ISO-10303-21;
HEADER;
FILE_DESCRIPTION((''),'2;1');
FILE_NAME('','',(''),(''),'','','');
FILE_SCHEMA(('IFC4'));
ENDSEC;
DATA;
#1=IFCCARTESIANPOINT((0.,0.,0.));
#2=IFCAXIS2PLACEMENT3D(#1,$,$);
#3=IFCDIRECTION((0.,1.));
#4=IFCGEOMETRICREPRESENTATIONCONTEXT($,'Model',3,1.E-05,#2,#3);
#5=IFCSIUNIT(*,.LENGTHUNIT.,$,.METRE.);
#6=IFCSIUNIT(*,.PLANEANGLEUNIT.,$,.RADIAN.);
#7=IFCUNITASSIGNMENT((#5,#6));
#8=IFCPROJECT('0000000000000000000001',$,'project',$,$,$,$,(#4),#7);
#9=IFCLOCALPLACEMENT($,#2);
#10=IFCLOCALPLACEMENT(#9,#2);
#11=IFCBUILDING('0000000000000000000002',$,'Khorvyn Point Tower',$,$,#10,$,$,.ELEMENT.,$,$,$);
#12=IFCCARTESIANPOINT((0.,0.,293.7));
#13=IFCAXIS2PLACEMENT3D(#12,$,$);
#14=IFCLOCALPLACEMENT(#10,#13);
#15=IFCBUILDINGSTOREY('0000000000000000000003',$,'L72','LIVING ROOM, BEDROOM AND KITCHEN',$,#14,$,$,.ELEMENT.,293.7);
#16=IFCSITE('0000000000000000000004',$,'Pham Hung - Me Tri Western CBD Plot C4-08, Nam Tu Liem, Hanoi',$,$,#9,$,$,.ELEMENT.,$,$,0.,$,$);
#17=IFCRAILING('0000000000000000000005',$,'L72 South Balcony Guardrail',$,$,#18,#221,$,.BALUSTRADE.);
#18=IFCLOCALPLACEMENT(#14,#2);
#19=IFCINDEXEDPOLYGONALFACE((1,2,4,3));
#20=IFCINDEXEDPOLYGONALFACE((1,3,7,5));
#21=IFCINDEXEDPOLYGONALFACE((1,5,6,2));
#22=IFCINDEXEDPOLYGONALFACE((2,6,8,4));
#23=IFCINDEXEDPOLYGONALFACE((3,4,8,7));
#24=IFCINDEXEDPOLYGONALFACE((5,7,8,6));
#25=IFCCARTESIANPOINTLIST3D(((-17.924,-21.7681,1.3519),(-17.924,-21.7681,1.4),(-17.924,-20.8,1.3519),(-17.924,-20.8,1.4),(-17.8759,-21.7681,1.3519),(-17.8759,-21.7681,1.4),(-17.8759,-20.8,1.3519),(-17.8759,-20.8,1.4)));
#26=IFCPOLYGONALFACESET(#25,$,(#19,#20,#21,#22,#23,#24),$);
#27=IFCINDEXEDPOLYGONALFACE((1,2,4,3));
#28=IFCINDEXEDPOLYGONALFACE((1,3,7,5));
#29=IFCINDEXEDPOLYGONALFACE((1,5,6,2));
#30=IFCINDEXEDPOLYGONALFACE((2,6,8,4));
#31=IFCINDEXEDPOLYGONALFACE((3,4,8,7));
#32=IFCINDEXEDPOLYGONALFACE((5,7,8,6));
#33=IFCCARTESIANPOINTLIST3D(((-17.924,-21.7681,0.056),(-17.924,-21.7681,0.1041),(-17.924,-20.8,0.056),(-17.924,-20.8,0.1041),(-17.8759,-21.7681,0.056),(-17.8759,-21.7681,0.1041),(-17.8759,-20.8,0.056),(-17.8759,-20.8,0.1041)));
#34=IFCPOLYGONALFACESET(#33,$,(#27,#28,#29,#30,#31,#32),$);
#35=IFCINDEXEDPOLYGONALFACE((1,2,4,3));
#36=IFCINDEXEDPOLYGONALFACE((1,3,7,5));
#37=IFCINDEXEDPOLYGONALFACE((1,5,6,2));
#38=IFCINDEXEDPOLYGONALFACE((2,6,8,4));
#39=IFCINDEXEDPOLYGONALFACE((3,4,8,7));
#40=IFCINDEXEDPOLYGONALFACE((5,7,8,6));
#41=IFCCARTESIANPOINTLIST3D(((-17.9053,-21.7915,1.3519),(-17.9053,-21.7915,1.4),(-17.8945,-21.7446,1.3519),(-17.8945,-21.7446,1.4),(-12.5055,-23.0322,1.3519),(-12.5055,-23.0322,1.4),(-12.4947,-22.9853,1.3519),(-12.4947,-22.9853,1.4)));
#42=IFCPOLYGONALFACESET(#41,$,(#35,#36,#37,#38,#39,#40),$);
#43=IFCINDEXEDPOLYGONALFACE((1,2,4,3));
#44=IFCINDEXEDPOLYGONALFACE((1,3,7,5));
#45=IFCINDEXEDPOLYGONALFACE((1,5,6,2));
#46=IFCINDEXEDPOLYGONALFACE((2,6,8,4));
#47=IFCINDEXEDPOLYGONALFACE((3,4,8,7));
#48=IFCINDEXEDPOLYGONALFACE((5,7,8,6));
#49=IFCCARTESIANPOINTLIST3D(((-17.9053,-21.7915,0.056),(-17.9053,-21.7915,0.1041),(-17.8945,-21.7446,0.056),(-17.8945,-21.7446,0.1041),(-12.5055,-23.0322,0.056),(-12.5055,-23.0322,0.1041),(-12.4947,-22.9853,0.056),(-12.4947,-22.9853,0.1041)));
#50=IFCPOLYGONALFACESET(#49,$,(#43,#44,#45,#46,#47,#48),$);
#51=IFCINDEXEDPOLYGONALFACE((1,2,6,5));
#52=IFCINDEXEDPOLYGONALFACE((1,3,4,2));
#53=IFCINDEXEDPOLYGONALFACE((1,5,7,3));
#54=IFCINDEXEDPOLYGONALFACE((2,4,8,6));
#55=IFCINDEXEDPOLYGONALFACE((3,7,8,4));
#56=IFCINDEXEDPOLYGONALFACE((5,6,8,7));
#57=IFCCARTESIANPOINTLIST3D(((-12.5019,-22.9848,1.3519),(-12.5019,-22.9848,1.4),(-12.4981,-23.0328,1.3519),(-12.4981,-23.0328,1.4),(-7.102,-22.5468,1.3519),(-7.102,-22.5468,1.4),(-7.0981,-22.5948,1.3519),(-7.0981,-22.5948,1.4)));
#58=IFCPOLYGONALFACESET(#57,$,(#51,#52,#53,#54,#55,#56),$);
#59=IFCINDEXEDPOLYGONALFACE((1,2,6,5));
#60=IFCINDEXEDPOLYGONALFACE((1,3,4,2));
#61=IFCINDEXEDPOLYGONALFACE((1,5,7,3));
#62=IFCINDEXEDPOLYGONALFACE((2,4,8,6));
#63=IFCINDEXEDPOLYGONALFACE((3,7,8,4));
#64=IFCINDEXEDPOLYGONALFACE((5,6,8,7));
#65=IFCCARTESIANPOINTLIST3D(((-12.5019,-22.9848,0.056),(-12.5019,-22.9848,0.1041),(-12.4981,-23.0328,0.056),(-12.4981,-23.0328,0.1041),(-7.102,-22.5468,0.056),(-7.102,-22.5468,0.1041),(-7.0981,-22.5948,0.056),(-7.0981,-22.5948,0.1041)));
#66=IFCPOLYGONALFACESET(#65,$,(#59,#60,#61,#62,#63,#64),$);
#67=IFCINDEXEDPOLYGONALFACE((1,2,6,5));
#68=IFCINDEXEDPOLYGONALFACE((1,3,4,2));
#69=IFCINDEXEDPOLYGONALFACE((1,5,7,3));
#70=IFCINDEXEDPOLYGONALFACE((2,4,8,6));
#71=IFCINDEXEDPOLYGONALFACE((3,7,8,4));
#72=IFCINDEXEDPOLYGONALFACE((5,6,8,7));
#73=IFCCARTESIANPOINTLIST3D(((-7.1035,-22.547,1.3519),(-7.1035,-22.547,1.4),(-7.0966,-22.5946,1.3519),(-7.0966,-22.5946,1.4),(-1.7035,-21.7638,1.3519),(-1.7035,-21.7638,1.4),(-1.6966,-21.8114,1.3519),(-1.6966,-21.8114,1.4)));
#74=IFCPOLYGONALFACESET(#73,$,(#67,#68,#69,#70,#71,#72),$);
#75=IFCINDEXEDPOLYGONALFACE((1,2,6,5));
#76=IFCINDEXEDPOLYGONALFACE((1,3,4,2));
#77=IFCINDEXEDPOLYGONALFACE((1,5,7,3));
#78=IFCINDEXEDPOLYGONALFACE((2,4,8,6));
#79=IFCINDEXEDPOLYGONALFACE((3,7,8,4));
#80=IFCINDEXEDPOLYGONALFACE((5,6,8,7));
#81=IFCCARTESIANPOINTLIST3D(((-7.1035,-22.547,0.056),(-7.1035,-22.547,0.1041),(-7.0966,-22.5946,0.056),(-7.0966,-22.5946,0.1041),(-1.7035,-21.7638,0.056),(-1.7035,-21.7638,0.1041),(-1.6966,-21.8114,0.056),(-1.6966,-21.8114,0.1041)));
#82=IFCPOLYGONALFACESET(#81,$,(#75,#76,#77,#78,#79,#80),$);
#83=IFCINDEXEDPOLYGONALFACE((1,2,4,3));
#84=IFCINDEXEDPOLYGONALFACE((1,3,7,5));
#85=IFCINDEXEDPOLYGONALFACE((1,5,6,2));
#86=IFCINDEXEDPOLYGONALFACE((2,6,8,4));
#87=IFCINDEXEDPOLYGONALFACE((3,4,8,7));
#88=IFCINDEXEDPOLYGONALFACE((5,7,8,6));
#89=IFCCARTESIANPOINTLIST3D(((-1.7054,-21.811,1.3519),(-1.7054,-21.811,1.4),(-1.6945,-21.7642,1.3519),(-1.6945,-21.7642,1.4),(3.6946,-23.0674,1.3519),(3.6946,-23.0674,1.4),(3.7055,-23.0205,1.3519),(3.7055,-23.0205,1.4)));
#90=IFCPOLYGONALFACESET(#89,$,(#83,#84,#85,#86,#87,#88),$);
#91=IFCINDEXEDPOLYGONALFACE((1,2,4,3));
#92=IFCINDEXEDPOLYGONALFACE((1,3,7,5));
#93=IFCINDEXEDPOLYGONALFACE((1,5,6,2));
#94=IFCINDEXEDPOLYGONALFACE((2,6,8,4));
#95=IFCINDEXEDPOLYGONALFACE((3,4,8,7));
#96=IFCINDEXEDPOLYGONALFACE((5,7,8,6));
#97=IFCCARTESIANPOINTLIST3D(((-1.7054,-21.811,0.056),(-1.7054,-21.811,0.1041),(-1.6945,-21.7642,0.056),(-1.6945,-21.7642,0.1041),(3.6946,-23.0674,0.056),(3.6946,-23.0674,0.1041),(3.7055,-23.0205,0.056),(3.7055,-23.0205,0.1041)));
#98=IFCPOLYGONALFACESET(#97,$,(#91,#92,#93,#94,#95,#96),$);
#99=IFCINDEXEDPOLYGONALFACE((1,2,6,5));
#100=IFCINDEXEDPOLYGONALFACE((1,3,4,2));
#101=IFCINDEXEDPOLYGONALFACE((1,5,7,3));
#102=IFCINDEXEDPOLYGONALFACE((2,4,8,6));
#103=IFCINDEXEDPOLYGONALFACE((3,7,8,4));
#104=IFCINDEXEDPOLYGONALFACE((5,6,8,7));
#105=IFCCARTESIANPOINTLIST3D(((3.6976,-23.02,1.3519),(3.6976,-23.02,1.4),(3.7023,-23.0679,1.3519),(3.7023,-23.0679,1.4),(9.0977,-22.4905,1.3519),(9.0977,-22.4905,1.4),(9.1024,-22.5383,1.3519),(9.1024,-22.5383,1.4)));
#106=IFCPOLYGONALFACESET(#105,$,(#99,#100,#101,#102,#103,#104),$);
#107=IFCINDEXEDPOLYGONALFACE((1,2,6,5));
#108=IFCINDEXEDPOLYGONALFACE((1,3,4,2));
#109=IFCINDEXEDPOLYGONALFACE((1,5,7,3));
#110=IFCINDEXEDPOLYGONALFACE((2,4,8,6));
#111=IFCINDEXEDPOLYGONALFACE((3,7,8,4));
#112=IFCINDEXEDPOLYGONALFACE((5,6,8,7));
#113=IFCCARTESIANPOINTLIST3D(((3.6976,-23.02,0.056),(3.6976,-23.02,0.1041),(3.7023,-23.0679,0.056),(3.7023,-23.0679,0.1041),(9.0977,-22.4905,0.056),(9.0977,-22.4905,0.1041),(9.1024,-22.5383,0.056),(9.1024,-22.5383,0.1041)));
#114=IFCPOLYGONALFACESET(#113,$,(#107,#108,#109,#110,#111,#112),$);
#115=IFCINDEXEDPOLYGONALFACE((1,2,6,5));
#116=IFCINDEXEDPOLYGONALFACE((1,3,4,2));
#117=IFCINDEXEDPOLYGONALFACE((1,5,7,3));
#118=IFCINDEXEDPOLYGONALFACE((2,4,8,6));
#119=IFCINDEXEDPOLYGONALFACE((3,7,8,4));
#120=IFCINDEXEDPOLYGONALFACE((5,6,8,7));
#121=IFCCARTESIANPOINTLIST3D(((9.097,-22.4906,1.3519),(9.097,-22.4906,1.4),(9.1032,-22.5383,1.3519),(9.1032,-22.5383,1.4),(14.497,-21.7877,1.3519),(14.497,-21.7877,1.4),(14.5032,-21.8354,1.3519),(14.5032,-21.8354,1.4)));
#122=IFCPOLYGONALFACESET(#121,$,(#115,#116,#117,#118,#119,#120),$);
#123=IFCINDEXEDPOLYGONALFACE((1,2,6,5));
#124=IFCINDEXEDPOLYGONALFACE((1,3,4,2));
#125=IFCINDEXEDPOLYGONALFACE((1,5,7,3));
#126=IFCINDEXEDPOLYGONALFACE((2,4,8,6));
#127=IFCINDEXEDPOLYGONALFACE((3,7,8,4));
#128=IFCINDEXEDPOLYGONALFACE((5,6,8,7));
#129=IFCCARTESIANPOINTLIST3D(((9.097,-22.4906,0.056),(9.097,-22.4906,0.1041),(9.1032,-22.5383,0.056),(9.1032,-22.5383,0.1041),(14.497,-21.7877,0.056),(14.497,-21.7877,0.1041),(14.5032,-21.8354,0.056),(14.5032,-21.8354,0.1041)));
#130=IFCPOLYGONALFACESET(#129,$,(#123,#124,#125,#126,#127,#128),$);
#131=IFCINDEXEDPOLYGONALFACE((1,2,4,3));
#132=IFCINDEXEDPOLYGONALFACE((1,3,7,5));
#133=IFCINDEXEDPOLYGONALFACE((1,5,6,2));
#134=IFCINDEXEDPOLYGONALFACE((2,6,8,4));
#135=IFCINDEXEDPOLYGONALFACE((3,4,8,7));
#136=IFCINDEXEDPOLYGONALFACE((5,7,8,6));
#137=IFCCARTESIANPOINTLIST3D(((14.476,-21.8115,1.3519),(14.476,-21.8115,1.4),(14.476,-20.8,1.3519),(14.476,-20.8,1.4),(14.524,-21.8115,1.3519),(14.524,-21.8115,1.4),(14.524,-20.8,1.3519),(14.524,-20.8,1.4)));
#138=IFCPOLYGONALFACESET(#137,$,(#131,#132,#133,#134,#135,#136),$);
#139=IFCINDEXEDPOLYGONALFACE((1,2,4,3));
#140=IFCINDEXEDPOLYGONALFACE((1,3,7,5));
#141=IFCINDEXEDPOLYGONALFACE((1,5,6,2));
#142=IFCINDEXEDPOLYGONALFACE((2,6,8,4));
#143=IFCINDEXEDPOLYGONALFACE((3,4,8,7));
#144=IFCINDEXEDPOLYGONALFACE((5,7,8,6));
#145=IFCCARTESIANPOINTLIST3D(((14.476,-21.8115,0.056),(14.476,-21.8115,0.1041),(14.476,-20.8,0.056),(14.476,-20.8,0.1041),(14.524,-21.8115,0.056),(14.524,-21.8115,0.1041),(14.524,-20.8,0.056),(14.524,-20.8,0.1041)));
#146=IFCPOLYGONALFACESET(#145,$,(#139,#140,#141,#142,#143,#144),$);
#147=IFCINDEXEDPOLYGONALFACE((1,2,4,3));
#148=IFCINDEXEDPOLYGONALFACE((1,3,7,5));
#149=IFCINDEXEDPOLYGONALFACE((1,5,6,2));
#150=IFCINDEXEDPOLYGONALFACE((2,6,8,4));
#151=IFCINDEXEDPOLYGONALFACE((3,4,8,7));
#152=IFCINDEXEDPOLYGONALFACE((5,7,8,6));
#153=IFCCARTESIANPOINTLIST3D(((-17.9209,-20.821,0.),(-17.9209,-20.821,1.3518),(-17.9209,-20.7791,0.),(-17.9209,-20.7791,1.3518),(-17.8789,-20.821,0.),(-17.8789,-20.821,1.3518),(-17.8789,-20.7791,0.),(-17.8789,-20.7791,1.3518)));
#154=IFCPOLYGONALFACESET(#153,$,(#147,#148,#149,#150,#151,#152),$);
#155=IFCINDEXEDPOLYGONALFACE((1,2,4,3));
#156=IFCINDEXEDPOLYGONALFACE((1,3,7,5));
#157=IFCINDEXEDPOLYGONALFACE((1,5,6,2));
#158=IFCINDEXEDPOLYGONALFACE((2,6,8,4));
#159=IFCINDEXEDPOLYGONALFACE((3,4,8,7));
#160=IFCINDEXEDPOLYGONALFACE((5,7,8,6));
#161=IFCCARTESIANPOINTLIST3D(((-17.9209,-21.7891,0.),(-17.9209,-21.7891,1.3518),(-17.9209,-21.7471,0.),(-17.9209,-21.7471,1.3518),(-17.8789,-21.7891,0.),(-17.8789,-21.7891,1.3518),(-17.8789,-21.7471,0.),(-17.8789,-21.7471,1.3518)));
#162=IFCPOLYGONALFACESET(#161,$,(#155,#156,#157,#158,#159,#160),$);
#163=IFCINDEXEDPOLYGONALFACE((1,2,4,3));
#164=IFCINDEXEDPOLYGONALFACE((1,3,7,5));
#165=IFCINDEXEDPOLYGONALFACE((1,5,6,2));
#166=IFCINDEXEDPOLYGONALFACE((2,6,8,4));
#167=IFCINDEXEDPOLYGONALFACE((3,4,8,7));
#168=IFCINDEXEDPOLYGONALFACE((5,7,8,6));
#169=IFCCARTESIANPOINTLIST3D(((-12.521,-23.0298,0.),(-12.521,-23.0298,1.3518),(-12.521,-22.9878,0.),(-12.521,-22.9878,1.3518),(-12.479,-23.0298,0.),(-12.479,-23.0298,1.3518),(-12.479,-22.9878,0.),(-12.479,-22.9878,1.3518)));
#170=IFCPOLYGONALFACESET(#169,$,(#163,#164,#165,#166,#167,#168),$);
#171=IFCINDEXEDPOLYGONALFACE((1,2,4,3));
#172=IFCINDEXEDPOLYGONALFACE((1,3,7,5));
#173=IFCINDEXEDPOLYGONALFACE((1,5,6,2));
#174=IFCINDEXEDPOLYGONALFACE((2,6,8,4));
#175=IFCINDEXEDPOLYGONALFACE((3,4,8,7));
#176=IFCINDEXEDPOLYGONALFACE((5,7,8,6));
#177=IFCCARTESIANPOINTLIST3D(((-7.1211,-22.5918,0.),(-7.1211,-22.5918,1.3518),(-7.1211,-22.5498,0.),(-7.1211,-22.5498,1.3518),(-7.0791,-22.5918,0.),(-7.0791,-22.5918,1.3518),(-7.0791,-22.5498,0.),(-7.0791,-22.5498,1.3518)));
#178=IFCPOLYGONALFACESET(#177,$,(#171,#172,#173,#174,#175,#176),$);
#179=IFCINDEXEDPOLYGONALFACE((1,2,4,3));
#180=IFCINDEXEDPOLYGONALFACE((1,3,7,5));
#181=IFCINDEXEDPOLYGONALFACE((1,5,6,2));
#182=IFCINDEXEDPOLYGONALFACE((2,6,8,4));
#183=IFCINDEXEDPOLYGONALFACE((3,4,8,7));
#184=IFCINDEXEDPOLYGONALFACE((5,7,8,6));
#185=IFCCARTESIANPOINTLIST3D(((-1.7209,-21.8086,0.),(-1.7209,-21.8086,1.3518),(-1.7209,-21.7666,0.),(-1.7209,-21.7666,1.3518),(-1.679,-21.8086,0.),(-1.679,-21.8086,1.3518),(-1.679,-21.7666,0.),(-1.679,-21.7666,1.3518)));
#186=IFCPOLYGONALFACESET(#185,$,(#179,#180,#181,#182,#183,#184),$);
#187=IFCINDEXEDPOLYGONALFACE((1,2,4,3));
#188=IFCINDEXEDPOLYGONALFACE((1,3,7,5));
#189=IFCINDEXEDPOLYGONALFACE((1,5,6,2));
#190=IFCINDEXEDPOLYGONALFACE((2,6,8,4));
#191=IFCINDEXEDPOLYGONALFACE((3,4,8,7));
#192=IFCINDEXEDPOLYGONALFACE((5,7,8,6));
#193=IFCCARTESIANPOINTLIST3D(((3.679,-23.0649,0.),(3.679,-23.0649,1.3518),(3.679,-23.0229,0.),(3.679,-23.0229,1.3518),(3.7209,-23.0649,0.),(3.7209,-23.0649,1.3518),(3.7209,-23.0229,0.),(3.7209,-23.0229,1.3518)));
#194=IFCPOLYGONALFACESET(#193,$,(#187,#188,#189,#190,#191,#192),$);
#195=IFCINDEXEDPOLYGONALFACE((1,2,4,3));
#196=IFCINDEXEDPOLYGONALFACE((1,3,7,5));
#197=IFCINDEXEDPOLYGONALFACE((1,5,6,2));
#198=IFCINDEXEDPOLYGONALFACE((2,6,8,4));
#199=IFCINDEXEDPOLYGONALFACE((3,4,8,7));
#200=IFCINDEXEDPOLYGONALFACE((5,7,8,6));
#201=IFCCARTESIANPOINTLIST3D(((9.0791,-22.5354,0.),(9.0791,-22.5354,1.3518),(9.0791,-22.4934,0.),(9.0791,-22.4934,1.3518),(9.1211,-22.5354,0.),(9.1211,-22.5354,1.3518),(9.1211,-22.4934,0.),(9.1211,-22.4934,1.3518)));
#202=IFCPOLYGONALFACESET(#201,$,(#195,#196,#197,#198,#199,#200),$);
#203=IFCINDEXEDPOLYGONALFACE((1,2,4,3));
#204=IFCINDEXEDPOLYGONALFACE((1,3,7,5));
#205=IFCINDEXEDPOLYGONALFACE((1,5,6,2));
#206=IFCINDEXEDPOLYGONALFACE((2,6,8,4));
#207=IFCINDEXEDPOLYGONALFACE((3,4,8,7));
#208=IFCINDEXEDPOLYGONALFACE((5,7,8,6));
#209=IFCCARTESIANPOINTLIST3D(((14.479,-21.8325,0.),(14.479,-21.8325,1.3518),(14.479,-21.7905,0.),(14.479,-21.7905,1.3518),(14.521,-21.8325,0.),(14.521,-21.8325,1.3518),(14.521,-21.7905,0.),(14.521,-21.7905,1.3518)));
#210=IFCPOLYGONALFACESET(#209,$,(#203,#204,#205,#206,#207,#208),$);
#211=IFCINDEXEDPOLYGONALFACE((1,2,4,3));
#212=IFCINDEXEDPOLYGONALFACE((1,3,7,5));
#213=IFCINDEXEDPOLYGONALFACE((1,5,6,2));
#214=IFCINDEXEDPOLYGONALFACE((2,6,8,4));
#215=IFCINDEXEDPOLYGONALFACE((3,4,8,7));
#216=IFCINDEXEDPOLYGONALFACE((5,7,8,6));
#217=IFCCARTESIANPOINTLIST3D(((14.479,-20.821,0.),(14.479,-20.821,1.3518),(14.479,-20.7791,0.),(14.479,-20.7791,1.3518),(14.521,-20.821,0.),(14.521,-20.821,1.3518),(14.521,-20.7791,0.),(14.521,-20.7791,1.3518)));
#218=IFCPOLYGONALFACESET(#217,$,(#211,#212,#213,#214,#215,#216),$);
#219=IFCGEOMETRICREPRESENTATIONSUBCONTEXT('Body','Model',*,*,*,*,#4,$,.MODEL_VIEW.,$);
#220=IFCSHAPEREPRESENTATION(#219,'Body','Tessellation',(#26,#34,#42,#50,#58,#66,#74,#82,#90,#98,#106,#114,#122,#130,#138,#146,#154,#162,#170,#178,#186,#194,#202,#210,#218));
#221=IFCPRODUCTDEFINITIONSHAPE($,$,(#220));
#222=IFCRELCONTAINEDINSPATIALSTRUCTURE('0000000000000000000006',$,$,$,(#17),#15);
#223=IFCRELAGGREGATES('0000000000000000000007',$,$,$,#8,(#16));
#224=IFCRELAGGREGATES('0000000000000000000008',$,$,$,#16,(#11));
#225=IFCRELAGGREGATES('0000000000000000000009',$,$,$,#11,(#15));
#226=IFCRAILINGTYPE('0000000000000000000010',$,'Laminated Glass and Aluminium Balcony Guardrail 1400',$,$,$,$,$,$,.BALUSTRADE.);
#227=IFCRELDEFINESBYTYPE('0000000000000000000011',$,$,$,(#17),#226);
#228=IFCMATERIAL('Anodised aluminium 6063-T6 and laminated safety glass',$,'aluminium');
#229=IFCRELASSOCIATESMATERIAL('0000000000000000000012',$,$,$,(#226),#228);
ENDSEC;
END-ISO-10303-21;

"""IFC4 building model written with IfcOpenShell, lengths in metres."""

from ifc_helpers import new_model, si_unit, direction, frame, origin, origin_2d, place, context, subcontext, project, spatial, rectangle, extrude, material, type_object, element, save


model = new_model("IFC4")

# Units and contexts
model_context = context("Model", 3, precision=1e-05, world=origin(), true_north=direction((0.0, 1.0)))
body_context = subcontext(model_context, "Body", "Model", "MODEL_VIEW")
ifc_project = project(units=[si_unit("LENGTHUNIT", "METRE"), si_unit("PLANEANGLEUNIT", "RADIAN")], contexts=[model_context])

# Site, building, storey
site_placement = place(None, origin())
site = spatial("IfcSite", under=ifc_project, at=site_placement, Name="Pham Hung - Me Tri Western CBD Plot C4-08, Nam Tu Liem, Hanoi", CompositionType="ELEMENT", RefElevation=0.0)
building_placement = place(site_placement, origin())
building = spatial("IfcBuilding", under=site, at=building_placement, Name="Khorvyn Point Tower", CompositionType="ELEMENT")
storey_placement = place(building_placement, frame((0.0, 0.0, 293.7)))
storey = spatial("IfcBuildingStorey", under=building, at=storey_placement, Name="L72", Description="LIVING ROOM, BEDROOM AND KITCHEN", CompositionType="ELEMENT", Elevation=293.7)

# Railing
ifc_material_1 = material(Name="Anodised aluminium 6063-T6 and laminated safety glass", Category="aluminium")
railing_type = type_object("IfcRailingType", Name="Laminated Glass and Aluminium Balcony Guardrail 1400", PredefinedType="BALUSTRADE", material=ifc_material_1)
railing_1_placement = place(storey_placement, frame((-17.8999, -20.8, 0.0)))
element("IfcRailing", 1, at=railing_1_placement, inside=storey, type_object=railing_type, Name="L72 South Balcony Guardrail", PredefinedType="BALUSTRADE", context=body_context, shape_type="SweptSolid", body=[
    extrude(rectangle(XDim=0.0481, YDim=0.0481, at=origin_2d()), frame((0.0, 0.0, 1.376), z_axis=(0.0, -1.0, 0.0), x_axis=(1.0, 0.0, 0.0)), (0.0, 0.0, 1.0), 0.968),
    extrude(rectangle(XDim=0.0481, YDim=0.0481, at=origin_2d()), frame((0.0, 0.0, 0.0801), z_axis=(0.0, -1.0, 0.0), x_axis=(1.0, 0.0, 0.0)), (0.0, 0.0, 1.0), 0.968),
    extrude(rectangle(XDim=0.0481, YDim=0.0481, at=origin_2d()), frame((0.0, -0.968, 1.376), z_axis=(0.974605, -0.223933, 0.0), x_axis=(0.223933, 0.974605, 0.0)), (0.0, 0.0, 1.0), 5.5405),
    extrude(rectangle(XDim=0.0481, YDim=0.0481, at=origin_2d()), frame((0.0, -0.968, 0.0801), z_axis=(0.974605, -0.223933, 0.0), x_axis=(0.223933, 0.974605, 0.0)), (0.0, 0.0, 1.0), 5.5405),
    extrude(rectangle(XDim=0.0481, YDim=0.0481, at=origin_2d()), frame((5.3999, -2.2087, 1.376), z_axis=(0.996727, 0.080845, 0.0), x_axis=(-0.080845, 0.996727, 0.0)), (0.0, 0.0, 1.0), 5.4177),
    extrude(rectangle(XDim=0.0481, YDim=0.0481, at=origin_2d()), frame((5.3999, -2.2087, 0.0801), z_axis=(0.996727, 0.080845, 0.0), x_axis=(-0.080845, 0.996727, 0.0)), (0.0, 0.0, 1.0), 5.4177),
    extrude(rectangle(XDim=0.0481, YDim=0.0481, at=origin_2d()), frame((10.7998, -1.7708, 1.376), z_axis=(0.989646, 0.143532, 0.0), x_axis=(-0.143532, 0.989646, 0.0)), (0.0, 0.0, 1.0), 5.4565),
    extrude(rectangle(XDim=0.0481, YDim=0.0481, at=origin_2d()), frame((10.7998, -1.7708, 0.0801), z_axis=(0.989646, 0.143532, 0.0), x_axis=(-0.143532, 0.989646, 0.0)), (0.0, 0.0, 1.0), 5.4565),
    extrude(rectangle(XDim=0.0481, YDim=0.0481, at=origin_2d()), frame((16.2, -0.9875, 1.376), z_axis=(0.973986, -0.226609, 0.0), x_axis=(0.226609, 0.973986, 0.0)), (0.0, 0.0, 1.0), 5.5442),
    extrude(rectangle(XDim=0.0481, YDim=0.0481, at=origin_2d()), frame((16.2, -0.9875, 0.0801), z_axis=(0.973986, -0.226609, 0.0), x_axis=(0.226609, 0.973986, 0.0)), (0.0, 0.0, 1.0), 5.5442),
    extrude(rectangle(XDim=0.0481, YDim=0.0481, at=origin_2d()), frame((21.5999, -2.2439, 1.376), z_axis=(0.995226, 0.097592, 0.0), x_axis=(-0.097592, 0.995226, 0.0)), (0.0, 0.0, 1.0), 5.426),
    extrude(rectangle(XDim=0.0481, YDim=0.0481, at=origin_2d()), frame((21.5999, -2.2439, 0.0801), z_axis=(0.995226, 0.097592, 0.0), x_axis=(-0.097592, 0.995226, 0.0)), (0.0, 0.0, 1.0), 5.426),
    extrude(rectangle(XDim=0.0481, YDim=0.0481, at=origin_2d()), frame((27.0, -1.7144, 1.376), z_axis=(0.991635, 0.129077, 0.0), x_axis=(-0.129077, 0.991635, 0.0)), (0.0, 0.0, 1.0), 5.4456),
    extrude(rectangle(XDim=0.0481, YDim=0.0481, at=origin_2d()), frame((27.0, -1.7144, 0.0801), z_axis=(0.991635, 0.129077, 0.0), x_axis=(-0.129077, 0.991635, 0.0)), (0.0, 0.0, 1.0), 5.4456),
    extrude(rectangle(XDim=0.0481, YDim=0.0481, at=origin_2d()), frame((32.3999, -1.0115, 1.376), z_axis=(0.0, 1.0, 0.0), x_axis=(-1.0, 0.0, 0.0)), (0.0, 0.0, 1.0), 1.0115),
    extrude(rectangle(XDim=0.0481, YDim=0.0481, at=origin_2d()), frame((32.3999, -1.0115, 0.0801), z_axis=(0.0, 1.0, 0.0), x_axis=(-1.0, 0.0, 0.0)), (0.0, 0.0, 1.0), 1.0115),
    extrude(rectangle(XDim=0.042, YDim=0.042, at=origin_2d()), origin(), (0.0, 0.0, 1.0), 1.3518),
    extrude(rectangle(XDim=0.042, YDim=0.042, at=origin_2d()), frame((0.0, -0.968, 0.0)), (0.0, 0.0, 1.0), 1.3518),
    extrude(rectangle(XDim=0.042, YDim=0.042, at=origin_2d()), frame((5.3999, -2.2087, 0.0)), (0.0, 0.0, 1.0), 1.3518),
    extrude(rectangle(XDim=0.042, YDim=0.042, at=origin_2d()), frame((10.7998, -1.7708, 0.0)), (0.0, 0.0, 1.0), 1.3518),
    extrude(rectangle(XDim=0.042, YDim=0.042, at=origin_2d()), frame((16.2, -0.9875, 0.0)), (0.0, 0.0, 1.0), 1.3518),
    extrude(rectangle(XDim=0.042, YDim=0.042, at=origin_2d()), frame((21.5999, -2.2439, 0.0)), (0.0, 0.0, 1.0), 1.3518),
    extrude(rectangle(XDim=0.042, YDim=0.042, at=origin_2d()), frame((27.0, -1.7144, 0.0)), (0.0, 0.0, 1.0), 1.3518),
    extrude(rectangle(XDim=0.042, YDim=0.042, at=origin_2d()), frame((32.3999, -1.0115, 0.0)), (0.0, 0.0, 1.0), 1.3518),
    extrude(rectangle(XDim=0.042, YDim=0.042, at=origin_2d()), frame((32.3999, 0.0, 0.0)), (0.0, 0.0, 1.0), 1.3518),
])

save(model, "model.ifc")
